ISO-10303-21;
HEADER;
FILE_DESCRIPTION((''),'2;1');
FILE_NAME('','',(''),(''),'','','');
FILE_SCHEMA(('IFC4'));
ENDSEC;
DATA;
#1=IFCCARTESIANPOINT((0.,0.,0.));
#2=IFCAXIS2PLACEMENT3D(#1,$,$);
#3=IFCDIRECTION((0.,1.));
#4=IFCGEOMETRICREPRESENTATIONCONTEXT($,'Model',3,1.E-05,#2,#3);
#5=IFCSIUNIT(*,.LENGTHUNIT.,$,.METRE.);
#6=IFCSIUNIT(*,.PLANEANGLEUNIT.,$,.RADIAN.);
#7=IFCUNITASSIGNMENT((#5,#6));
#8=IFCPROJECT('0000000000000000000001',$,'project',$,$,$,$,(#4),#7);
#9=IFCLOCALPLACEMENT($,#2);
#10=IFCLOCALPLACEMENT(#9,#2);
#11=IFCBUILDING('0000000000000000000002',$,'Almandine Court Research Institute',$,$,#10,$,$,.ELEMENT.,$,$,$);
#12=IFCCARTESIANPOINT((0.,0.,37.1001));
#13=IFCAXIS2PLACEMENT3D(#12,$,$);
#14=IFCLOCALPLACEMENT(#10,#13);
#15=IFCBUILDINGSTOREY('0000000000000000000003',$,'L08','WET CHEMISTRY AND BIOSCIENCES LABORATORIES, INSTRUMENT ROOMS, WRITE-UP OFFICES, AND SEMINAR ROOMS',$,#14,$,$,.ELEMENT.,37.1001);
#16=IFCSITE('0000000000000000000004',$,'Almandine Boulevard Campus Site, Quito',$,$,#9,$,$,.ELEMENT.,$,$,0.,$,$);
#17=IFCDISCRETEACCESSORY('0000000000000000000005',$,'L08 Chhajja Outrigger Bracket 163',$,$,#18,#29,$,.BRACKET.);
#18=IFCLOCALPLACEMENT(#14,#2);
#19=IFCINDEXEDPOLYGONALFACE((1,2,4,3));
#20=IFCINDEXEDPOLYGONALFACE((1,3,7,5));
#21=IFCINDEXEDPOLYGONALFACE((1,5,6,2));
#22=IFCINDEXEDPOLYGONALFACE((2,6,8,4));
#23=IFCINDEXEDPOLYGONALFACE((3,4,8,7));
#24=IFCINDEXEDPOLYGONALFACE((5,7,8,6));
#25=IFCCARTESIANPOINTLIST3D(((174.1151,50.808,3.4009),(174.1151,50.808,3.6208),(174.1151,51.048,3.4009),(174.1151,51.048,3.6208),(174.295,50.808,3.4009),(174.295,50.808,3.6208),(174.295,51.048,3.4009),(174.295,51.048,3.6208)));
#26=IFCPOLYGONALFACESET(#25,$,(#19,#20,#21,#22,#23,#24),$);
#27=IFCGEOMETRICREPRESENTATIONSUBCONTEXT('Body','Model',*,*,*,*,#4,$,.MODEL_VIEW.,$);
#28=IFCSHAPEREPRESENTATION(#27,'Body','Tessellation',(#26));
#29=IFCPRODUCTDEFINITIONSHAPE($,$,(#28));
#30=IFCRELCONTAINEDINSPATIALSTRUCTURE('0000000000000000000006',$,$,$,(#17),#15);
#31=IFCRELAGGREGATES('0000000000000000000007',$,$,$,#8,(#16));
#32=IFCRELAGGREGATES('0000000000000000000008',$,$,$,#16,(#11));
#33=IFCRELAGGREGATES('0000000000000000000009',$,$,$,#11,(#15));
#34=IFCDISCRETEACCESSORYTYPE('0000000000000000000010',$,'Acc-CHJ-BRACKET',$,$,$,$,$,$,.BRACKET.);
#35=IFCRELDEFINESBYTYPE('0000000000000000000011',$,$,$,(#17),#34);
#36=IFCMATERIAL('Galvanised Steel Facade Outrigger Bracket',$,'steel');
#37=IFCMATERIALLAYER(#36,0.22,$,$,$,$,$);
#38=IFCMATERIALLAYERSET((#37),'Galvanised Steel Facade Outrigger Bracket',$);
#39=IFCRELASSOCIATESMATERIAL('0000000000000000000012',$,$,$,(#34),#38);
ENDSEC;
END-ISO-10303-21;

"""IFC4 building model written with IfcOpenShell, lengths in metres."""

from ifc_helpers import new_model, si_unit, direction, frame, origin, origin_2d, place, context, subcontext, project, spatial, rectangle, extrude, material, layer, layer_set, type_object, element, save


model = new_model("IFC4")

# Units and contexts
model_context = context("Model", 3, precision=1e-05, world=origin(), true_north=direction((0.0, 1.0)))
body_context = subcontext(model_context, "Body", "Model", "MODEL_VIEW")
ifc_project = project(units=[si_unit("LENGTHUNIT", "METRE"), si_unit("PLANEANGLEUNIT", "RADIAN")], contexts=[model_context])

# Site, building, storey
site_placement = place(None, origin())
site = spatial("IfcSite", under=ifc_project, at=site_placement, Name="Almandine Boulevard Campus Site, Quito", CompositionType="ELEMENT", RefElevation=0.0)
building_placement = place(site_placement, origin())
building = spatial("IfcBuilding", under=site, at=building_placement, Name="Almandine Court Research Institute", CompositionType="ELEMENT")
storey_placement = place(building_placement, frame((0.0, 0.0, 37.1001)))
storey = spatial("IfcBuildingStorey", under=building, at=storey_placement, Name="L08", Description="WET CHEMISTRY AND BIOSCIENCES LABORATORIES, INSTRUMENT ROOMS, WRITE-UP OFFICES, AND SEMINAR ROOMS", CompositionType="ELEMENT", Elevation=37.1001)

# Discrete accessory
ifc_material_1 = material(Name="Galvanised Steel Facade Outrigger Bracket", Category="steel")
ifc_layer_1 = layer(ifc_material_1, 0.22)
ifc_layer_set_1 = layer_set([ifc_layer_1], Name="Galvanised Steel Facade Outrigger Bracket")
discrete_accessory_type = type_object("IfcDiscreteAccessoryType", Name="Acc-CHJ-BRACKET", PredefinedType="BRACKET", material=ifc_layer_set_1)
for number, where, z_axis, x_axis, name in (
    (1, (174.2051, 50.928, 3.4009), (0.0, 0.0, 1.0), (0.0, -1.0, 0.0), "L08 Chhajja Outrigger Bracket 163"),
):
    element("IfcDiscreteAccessory", number, at=place(storey_placement, frame(where, z_axis=z_axis, x_axis=x_axis)), inside=storey, type_object=discrete_accessory_type, Name=name, PredefinedType="BRACKET", context=body_context, shape_type="SweptSolid", body=[
        extrude(rectangle(XDim=0.24, YDim=0.1799, at=origin_2d()), origin(), (0.0, 0.0, 1.0), 0.22),
    ])

save(model, "model.ifc")
